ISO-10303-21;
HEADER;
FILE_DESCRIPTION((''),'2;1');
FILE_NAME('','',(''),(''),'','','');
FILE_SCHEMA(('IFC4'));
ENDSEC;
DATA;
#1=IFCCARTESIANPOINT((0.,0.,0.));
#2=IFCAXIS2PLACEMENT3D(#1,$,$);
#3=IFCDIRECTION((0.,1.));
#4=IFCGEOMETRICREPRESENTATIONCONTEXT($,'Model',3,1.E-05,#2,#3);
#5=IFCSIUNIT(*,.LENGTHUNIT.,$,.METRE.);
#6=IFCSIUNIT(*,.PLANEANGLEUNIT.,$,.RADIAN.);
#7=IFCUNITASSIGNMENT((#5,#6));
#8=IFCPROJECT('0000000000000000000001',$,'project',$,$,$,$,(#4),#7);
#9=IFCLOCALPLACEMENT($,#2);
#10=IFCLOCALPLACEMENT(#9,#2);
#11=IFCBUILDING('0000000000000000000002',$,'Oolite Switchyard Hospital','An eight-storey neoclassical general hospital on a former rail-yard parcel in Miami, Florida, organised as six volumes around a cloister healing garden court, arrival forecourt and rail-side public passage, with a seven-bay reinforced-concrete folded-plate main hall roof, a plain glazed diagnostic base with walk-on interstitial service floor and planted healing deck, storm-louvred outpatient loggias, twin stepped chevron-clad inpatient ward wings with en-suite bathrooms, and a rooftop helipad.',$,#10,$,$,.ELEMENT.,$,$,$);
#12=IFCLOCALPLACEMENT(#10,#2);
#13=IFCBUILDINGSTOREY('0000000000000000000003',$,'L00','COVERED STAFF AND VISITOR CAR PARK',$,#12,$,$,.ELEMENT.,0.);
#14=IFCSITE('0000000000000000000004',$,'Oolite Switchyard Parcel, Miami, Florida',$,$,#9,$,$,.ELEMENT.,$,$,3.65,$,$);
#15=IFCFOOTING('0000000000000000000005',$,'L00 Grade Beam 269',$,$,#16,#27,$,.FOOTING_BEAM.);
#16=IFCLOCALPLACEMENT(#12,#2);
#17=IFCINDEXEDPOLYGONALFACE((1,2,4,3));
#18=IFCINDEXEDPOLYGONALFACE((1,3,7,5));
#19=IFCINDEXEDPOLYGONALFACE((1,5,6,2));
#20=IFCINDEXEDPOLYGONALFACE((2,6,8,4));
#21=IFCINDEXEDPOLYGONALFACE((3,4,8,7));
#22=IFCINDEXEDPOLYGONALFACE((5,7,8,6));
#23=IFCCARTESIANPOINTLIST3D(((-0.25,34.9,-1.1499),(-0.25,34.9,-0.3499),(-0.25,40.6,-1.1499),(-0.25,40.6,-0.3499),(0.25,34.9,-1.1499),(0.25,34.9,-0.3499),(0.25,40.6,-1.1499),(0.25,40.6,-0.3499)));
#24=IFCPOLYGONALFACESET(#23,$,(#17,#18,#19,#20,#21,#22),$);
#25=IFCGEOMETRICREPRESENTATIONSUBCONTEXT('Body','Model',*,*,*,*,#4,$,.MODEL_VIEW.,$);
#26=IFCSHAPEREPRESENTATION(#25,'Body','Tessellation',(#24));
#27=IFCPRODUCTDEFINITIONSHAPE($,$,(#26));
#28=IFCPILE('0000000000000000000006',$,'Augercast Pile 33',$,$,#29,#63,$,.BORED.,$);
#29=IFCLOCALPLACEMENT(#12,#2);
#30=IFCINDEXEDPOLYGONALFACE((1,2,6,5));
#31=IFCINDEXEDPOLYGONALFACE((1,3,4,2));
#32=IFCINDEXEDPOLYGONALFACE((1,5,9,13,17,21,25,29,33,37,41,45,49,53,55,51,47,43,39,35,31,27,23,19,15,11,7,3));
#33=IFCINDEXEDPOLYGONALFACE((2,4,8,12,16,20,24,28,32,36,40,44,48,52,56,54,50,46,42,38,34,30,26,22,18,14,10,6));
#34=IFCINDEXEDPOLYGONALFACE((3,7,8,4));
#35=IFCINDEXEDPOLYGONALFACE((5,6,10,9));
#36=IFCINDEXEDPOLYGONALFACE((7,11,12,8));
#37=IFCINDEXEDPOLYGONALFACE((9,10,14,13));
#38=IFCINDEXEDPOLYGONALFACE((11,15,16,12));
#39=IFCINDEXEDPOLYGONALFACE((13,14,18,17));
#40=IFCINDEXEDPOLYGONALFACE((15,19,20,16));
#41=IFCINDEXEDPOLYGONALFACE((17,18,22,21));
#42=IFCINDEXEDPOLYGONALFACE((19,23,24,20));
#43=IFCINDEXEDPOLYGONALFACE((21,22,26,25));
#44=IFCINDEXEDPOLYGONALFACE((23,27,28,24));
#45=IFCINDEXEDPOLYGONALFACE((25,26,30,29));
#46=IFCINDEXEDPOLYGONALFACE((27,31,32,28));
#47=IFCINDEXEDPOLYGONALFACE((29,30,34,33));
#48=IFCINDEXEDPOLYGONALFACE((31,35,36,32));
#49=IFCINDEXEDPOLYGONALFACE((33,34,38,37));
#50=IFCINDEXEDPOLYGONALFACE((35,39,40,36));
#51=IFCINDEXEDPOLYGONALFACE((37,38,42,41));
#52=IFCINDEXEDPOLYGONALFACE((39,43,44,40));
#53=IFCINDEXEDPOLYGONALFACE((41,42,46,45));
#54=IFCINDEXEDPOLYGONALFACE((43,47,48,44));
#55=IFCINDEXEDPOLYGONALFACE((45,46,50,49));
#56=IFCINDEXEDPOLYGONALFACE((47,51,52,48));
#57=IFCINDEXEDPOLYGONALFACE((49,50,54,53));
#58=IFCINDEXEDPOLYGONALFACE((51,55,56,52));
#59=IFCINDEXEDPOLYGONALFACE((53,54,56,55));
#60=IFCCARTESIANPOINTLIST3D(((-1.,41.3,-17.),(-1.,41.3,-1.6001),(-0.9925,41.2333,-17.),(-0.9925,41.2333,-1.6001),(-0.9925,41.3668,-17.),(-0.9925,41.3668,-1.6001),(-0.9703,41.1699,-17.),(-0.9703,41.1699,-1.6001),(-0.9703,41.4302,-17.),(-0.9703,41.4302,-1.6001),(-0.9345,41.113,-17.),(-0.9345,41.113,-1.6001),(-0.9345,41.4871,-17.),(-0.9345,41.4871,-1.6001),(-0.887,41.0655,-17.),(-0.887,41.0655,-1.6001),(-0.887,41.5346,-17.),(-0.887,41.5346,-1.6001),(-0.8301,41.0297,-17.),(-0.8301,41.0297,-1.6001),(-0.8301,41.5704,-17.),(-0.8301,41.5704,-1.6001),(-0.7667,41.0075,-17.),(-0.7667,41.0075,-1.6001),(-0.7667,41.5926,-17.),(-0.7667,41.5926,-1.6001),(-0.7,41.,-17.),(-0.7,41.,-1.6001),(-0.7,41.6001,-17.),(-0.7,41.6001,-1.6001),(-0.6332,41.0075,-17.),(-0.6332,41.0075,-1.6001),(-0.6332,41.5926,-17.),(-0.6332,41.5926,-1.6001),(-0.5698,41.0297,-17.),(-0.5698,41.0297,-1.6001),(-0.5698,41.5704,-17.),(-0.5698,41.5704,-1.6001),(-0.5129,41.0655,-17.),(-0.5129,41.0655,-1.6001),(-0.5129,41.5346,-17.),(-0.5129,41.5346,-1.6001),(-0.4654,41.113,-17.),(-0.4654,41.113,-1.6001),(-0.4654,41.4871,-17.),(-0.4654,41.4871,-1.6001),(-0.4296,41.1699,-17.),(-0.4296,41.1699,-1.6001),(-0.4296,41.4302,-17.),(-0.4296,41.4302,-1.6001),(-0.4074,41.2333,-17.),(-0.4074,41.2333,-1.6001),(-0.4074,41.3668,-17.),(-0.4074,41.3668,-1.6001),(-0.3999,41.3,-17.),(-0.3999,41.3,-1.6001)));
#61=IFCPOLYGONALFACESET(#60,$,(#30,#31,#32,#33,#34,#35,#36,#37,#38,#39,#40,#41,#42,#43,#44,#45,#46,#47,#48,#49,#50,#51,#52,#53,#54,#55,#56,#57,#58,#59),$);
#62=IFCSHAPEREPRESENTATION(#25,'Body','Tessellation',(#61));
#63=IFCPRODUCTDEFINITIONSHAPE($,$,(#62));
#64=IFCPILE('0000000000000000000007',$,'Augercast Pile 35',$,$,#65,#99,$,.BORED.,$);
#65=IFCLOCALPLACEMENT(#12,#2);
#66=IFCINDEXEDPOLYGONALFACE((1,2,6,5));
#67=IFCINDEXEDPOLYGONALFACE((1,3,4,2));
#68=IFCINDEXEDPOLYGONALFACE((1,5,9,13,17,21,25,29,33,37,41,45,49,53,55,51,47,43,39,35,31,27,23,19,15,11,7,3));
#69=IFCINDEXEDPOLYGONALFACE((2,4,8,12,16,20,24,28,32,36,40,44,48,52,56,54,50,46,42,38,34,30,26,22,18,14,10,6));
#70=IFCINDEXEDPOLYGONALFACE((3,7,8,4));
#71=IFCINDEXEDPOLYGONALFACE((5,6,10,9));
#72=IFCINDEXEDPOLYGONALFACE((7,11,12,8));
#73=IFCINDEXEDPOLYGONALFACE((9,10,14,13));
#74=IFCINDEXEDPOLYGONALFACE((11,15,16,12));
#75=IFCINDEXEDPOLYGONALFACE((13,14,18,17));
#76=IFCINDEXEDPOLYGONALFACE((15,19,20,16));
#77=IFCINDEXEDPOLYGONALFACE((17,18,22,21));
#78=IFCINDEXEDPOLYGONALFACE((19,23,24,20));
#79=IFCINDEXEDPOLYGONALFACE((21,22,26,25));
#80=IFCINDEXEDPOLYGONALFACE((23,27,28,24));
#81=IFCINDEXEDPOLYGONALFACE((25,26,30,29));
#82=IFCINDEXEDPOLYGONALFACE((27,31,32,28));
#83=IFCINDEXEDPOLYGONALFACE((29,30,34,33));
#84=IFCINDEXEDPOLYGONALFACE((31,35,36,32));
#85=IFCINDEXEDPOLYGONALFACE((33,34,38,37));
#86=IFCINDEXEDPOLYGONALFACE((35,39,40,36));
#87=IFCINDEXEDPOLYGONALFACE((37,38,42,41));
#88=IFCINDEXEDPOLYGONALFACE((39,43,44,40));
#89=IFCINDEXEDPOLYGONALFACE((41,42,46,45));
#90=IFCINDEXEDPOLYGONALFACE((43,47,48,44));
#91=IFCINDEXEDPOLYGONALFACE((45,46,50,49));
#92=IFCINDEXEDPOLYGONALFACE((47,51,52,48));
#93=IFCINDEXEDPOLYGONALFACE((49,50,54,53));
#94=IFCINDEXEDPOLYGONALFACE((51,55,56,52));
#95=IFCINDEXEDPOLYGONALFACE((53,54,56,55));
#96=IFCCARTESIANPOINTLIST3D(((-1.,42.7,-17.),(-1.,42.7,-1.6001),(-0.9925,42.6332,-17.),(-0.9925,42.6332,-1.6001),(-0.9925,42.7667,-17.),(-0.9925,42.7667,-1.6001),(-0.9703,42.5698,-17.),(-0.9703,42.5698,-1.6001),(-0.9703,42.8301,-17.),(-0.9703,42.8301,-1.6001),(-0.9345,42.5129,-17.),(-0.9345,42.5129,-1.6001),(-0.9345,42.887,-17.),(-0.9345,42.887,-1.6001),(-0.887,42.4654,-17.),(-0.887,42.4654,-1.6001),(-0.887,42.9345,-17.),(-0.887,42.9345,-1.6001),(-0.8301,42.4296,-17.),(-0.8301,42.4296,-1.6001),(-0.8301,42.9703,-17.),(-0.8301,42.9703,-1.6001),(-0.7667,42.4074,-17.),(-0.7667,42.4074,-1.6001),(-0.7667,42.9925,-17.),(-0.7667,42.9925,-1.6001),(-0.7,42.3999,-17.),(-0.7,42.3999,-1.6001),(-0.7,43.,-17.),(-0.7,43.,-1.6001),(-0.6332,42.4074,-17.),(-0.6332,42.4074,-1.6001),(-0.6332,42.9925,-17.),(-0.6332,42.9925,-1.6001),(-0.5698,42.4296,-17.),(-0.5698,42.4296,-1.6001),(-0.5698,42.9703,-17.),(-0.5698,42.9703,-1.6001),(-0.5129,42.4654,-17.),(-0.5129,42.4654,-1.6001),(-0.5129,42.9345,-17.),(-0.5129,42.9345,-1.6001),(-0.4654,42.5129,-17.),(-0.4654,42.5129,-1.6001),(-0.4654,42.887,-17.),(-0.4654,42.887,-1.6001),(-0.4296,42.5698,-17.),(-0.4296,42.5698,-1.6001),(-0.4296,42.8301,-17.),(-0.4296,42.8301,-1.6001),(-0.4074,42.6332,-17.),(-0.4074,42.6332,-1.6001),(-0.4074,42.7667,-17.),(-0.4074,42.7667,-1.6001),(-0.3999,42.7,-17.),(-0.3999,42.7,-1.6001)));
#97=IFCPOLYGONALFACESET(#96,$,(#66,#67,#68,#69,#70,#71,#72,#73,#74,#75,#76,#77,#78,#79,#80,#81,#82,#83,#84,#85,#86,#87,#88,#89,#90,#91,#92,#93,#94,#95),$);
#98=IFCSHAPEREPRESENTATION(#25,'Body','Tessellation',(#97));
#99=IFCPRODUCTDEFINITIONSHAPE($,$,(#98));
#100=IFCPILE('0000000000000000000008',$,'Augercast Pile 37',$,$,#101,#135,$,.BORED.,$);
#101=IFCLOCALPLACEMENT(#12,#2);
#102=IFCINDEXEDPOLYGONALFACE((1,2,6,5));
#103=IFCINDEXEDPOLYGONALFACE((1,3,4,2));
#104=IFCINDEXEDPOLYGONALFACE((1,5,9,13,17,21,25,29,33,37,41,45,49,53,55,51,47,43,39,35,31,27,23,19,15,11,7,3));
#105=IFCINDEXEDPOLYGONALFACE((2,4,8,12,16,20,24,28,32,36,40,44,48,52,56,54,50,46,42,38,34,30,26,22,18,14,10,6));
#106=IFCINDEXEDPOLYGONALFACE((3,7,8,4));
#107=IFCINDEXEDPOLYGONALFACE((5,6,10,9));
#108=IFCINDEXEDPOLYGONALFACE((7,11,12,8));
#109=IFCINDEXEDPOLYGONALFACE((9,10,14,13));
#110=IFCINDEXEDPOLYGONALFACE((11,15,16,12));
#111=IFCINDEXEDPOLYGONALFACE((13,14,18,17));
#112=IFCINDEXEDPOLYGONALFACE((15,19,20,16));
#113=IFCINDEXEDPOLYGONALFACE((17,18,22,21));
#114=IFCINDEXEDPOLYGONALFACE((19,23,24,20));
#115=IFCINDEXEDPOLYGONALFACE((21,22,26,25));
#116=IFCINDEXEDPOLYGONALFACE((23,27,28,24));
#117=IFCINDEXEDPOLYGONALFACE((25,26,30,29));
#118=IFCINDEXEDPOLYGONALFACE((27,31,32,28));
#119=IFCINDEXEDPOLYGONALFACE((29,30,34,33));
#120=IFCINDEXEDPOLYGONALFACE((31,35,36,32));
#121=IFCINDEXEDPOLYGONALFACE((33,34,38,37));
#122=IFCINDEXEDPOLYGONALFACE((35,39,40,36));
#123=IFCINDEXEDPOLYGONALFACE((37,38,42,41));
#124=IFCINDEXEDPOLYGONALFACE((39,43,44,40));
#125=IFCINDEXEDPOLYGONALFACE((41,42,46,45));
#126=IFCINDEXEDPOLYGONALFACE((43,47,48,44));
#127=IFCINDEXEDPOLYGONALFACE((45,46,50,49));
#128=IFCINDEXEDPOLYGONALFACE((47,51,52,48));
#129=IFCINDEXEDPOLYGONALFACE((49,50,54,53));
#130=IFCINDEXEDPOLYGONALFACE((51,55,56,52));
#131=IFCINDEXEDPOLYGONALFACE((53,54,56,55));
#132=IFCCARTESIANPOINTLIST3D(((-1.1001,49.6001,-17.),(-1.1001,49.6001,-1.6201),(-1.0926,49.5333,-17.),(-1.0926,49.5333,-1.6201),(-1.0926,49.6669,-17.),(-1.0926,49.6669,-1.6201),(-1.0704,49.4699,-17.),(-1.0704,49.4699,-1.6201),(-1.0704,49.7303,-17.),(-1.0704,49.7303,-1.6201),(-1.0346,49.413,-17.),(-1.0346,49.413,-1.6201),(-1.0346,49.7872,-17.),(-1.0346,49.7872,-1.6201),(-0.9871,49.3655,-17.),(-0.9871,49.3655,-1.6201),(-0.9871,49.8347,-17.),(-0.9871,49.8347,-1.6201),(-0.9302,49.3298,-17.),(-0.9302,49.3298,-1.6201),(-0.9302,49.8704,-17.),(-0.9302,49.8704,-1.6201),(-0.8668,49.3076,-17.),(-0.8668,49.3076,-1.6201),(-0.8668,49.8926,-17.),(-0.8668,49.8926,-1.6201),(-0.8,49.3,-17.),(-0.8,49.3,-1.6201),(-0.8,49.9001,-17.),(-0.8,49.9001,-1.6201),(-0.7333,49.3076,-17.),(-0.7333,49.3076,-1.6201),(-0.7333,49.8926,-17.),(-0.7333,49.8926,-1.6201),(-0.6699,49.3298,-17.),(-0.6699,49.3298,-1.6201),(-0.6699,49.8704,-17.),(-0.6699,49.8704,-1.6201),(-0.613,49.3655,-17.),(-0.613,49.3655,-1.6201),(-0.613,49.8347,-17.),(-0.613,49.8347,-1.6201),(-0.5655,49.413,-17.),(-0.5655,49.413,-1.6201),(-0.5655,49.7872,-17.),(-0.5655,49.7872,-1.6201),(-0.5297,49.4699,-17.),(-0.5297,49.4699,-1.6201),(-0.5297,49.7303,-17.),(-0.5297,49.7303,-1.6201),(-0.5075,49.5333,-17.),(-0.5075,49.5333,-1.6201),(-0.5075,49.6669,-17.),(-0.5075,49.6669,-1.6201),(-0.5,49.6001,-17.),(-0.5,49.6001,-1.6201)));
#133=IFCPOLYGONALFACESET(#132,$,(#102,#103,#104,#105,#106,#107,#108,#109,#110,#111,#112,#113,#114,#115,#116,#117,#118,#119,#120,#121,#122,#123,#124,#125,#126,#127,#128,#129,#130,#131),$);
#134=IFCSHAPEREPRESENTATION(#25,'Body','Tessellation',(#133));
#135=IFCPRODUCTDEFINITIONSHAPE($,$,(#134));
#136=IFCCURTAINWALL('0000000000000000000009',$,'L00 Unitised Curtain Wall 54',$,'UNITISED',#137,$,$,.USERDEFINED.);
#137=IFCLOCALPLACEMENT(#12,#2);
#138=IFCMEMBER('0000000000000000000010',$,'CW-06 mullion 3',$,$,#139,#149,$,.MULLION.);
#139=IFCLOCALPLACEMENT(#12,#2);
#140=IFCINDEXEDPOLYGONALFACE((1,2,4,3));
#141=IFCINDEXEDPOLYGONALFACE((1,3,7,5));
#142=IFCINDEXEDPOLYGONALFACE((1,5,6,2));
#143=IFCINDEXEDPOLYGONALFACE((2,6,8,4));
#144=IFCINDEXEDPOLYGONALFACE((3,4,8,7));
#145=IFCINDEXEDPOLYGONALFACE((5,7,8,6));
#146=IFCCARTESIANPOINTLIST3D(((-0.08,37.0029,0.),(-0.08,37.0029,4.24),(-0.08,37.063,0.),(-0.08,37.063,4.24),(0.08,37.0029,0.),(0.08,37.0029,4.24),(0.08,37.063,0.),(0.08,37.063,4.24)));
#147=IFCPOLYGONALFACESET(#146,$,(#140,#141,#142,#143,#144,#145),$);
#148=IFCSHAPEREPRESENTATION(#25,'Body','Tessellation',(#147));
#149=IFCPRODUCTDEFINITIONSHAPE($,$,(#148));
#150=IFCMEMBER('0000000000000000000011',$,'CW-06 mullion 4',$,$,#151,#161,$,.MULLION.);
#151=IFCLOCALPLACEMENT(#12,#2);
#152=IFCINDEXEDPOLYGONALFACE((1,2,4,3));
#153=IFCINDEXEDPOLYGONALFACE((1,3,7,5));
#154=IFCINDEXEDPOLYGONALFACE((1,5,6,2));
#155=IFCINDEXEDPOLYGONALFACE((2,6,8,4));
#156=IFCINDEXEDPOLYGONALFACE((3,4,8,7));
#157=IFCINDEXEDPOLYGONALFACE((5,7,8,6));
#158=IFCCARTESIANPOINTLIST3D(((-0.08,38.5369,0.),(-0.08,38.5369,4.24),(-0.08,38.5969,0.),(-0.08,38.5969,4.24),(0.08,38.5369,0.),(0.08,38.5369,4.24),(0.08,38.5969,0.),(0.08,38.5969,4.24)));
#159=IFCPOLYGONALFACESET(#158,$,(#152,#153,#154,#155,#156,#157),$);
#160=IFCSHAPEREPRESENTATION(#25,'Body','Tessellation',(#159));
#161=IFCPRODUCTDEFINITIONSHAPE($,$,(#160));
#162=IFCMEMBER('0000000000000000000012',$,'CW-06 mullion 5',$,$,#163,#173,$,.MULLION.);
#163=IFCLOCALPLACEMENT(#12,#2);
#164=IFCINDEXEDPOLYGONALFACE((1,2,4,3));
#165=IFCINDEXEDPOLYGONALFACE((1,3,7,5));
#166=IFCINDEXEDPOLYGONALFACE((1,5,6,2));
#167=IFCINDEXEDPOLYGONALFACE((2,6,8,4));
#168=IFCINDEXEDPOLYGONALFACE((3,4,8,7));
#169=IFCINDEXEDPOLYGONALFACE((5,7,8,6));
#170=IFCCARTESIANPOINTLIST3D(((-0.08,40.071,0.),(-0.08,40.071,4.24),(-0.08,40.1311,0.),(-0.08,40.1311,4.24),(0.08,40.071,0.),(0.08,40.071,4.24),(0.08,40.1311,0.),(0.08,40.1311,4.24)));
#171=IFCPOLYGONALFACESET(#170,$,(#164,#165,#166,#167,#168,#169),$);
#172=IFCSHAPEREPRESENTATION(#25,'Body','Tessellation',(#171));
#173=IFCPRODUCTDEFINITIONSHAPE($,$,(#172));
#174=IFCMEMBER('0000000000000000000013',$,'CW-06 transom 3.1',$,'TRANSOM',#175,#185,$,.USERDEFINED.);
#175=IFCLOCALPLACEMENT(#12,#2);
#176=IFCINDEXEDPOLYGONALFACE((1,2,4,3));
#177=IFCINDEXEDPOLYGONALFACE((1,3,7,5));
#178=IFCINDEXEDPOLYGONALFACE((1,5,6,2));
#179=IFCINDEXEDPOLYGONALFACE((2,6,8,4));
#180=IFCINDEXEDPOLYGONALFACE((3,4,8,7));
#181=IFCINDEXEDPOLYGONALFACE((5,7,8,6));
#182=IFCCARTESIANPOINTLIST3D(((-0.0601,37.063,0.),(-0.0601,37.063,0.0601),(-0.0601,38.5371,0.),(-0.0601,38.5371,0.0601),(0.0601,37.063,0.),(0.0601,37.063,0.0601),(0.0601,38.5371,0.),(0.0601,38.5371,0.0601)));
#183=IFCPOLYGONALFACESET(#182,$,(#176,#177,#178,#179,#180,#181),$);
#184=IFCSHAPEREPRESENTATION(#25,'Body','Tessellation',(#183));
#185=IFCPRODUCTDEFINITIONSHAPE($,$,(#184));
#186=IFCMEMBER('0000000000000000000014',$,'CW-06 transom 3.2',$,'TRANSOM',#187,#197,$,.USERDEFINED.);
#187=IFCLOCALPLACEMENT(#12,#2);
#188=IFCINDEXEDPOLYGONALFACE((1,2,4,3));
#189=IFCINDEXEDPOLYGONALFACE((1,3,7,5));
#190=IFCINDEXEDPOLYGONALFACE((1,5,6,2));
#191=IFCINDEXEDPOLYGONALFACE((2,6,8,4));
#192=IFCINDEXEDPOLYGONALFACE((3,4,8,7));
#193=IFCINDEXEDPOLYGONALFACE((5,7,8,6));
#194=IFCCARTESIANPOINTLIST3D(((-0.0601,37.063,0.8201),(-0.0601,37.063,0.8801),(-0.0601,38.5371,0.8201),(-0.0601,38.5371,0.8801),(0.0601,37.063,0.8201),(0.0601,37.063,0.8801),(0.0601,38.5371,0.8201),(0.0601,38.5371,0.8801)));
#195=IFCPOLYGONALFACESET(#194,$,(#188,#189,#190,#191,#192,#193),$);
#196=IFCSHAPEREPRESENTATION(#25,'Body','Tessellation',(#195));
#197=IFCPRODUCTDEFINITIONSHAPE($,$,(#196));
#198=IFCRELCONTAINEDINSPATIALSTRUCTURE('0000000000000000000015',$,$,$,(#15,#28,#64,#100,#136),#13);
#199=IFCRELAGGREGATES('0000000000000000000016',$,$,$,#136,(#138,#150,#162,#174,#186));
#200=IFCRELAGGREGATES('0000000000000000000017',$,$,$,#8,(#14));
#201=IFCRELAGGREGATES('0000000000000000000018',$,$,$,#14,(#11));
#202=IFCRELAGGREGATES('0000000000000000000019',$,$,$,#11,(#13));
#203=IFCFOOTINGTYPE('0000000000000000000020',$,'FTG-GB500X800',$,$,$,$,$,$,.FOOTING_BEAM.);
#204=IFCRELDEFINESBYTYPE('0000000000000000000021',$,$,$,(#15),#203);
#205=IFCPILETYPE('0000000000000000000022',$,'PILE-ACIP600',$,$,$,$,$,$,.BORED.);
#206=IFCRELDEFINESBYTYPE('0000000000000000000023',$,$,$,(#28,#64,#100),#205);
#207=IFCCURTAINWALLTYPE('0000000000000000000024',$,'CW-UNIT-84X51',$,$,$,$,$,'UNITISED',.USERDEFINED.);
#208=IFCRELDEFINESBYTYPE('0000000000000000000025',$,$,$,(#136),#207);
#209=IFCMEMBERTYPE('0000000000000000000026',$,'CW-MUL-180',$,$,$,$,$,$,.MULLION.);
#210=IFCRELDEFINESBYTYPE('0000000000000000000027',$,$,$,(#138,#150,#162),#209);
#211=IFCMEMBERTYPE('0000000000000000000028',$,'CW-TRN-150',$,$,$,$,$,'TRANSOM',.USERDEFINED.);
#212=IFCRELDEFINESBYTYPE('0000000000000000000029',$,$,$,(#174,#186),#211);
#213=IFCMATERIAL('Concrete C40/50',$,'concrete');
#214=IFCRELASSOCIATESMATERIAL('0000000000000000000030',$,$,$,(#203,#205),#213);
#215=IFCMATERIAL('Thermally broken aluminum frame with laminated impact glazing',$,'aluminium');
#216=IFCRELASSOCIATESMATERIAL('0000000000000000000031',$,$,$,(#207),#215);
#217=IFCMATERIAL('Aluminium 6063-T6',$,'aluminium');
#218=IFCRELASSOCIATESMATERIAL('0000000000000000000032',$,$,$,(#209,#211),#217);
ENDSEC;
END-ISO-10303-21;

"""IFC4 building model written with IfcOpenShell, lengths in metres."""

from ifc_helpers import new_model, si_unit, direction, frame, origin, origin_2d, place, context, subcontext, project, spatial, rectangle, circle, extrude, material, material_profile, profile_set, type_object, element, aggregate, save


model = new_model("IFC4")

# Units and contexts
model_context = context("Model", 3, precision=1e-05, world=origin(), true_north=direction((0.0, 1.0)))
body_context = subcontext(model_context, "Body", "Model", "MODEL_VIEW")
ifc_project = project(units=[si_unit("LENGTHUNIT", "METRE"), si_unit("PLANEANGLEUNIT", "RADIAN")], contexts=[model_context])

# Site, building, storey
site_placement = place(None, origin())
site = spatial("IfcSite", under=ifc_project, at=site_placement, Name="Oolite Switchyard Parcel, Miami, Florida", CompositionType="ELEMENT", RefElevation=3.65)
building_placement = place(site_placement, origin())
building = spatial("IfcBuilding", under=site, at=building_placement, Name="Oolite Switchyard Hospital", Description="An eight-storey neoclassical general hospital on a former rail-yard parcel in Miami, Florida, organised as six volumes around a cloister healing garden court, arrival forecourt and rail-side public passage, with a seven-bay reinforced-concrete folded-plate main hall roof, a plain glazed diagnostic base with walk-on interstitial service floor and planted healing deck, storm-louvred outpatient loggias, twin stepped chevron-clad inpatient ward wings with en-suite bathrooms, and a rooftop helipad.", CompositionType="ELEMENT")
storey_placement = place(building_placement, origin())
storey = spatial("IfcBuildingStorey", under=building, at=storey_placement, Name="L00", Description="COVERED STAFF AND VISITOR CAR PARK", CompositionType="ELEMENT", Elevation=0.0)

# Footing
ifc_material_1 = material(Name="Concrete C40/50", Category="concrete")
footing_type = type_object("IfcFootingType", Name="FTG-GB500X800", PredefinedType="FOOTING_BEAM", material=ifc_material_1)
footing_placement = place(storey_placement, frame((0.0, 37.75, -1.1499), z_axis=(0.0, 0.0, 1.0), x_axis=(0.0, 1.0, 0.0)))
element("IfcFooting", 1, at=footing_placement, inside=storey, type_object=footing_type, Name="L00 Grade Beam 269", PredefinedType="FOOTING_BEAM", context=body_context, shape_type="SweptSolid", body=[
    extrude(rectangle(XDim=5.7, YDim=0.5, at=origin_2d()), origin(), (0.0, 0.0, 1.0), 0.8),
])

# Piles
ifc_material_profile_1 = material_profile(ifc_material_1, circle(Radius=0.3, at=origin_2d()), Name="PILE600")
ifc_profile_set_1 = profile_set([ifc_material_profile_1], Name="Concrete C40/50")
pile_type = type_object("IfcPileType", Name="PILE-ACIP600", PredefinedType="BORED", material=ifc_profile_set_1)
for number, where, z_axis, x_axis, name in (
    (2, (-0.7, 41.3, -1.6001), (0.0, 0.0, -1.0), (1.0, 0.0, 0.0), "Augercast Pile 33"),
    (3, (-0.7, 42.7, -1.6001), (0.0, 0.0, -1.0), (1.0, 0.0, 0.0), "Augercast Pile 35"),
):
    element("IfcPile", number, at=place(storey_placement, frame(where, z_axis=z_axis, x_axis=x_axis)), inside=storey, type_object=pile_type, Name=name, PredefinedType="BORED", context=body_context, shape_type="SweptSolid", body=[
        extrude(circle(Radius=0.3, at=origin_2d()), origin(), (0.0, 0.0, 1.0), 15.3999),
    ])
pile_placement = place(storey_placement, frame((-0.8, 49.6001, -1.6201), z_axis=(0.0, 0.0, -1.0), x_axis=(1.0, 0.0, 0.0)))
element("IfcPile", 4, at=pile_placement, inside=storey, type_object=pile_type, Name="Augercast Pile 37", PredefinedType="BORED", context=body_context, shape_type="SweptSolid", body=[
    extrude(circle(Radius=0.3, at=origin_2d()), origin(), (0.0, 0.0, 1.0), 15.3799),
])

# Curtain wall, members
ifc_material_2 = material(Name="Thermally broken aluminum frame with laminated impact glazing", Category="aluminium")
curtain_wall_type = type_object("IfcCurtainWallType", Name="CW-UNIT-84X51", ElementType="UNITISED", PredefinedType="USERDEFINED", material=ifc_material_2)
curtain_wall_placement = place(storey_placement, origin())
curtain_wall = element("IfcCurtainWall", 5, at=curtain_wall_placement, inside=storey, type_object=curtain_wall_type, Name="L00 Unitised Curtain Wall 54", ObjectType="UNITISED", PredefinedType="USERDEFINED")
ifc_material_3 = material(Name="Aluminium 6063-T6", Category="aluminium")
ifc_material_profile_2 = material_profile(ifc_material_3, rectangle(XDim=0.1599, YDim=0.0601, at=origin_2d()), Name="CWM60X160")
ifc_profile_set_2 = profile_set([ifc_material_profile_2], Name="Aluminium 6063-T6")
member_type_1 = type_object("IfcMemberType", Name="CW-MUL-180", PredefinedType="MULLION", material=ifc_profile_set_2)
member_1_placement = place(storey_placement, frame((0.0, 37.033, 0.0), z_axis=(0.0, 0.0, 1.0), x_axis=(-1.0, 0.0, 0.0)))
member_1 = element("IfcMember", 6, at=member_1_placement, type_object=member_type_1, Name="CW-06 mullion 3", PredefinedType="MULLION", context=body_context, shape_type="SweptSolid", body=[
    extrude(rectangle(XDim=0.1599, YDim=0.0601, at=origin_2d()), origin(), (0.0, 0.0, 1.0), 4.24),
])
member_2_placement = place(storey_placement, frame((0.0, 38.5669, 0.0), z_axis=(0.0, 0.0, 1.0), x_axis=(-1.0, 0.0, 0.0)))
member_2 = element("IfcMember", 7, at=member_2_placement, type_object=member_type_1, Name="CW-06 mullion 4", PredefinedType="MULLION", context=body_context, shape_type="SweptSolid", body=[
    extrude(rectangle(XDim=0.1599, YDim=0.0601, at=origin_2d()), origin(), (0.0, 0.0, 1.0), 4.24),
])
member_3_placement = place(storey_placement, frame((0.0, 40.1011, 0.0), z_axis=(0.0, 0.0, 1.0), x_axis=(-1.0, 0.0, 0.0)))
member_3 = element("IfcMember", 8, at=member_3_placement, type_object=member_type_1, Name="CW-06 mullion 5", PredefinedType="MULLION", context=body_context, shape_type="SweptSolid", body=[
    extrude(rectangle(XDim=0.1599, YDim=0.0601, at=origin_2d()), origin(), (0.0, 0.0, 1.0), 4.24),
])
ifc_material_profile_3 = material_profile(ifc_material_3, rectangle(XDim=0.1201, YDim=0.0601, at=origin_2d()), Name="CWT60X120")
ifc_profile_set_3 = profile_set([ifc_material_profile_3], Name="Aluminium 6063-T6")
member_type_2 = type_object("IfcMemberType", Name="CW-TRN-150", ElementType="TRANSOM", PredefinedType="USERDEFINED", material=ifc_profile_set_3)
member_4_placement = place(storey_placement, frame((0.0, 37.063, 0.03), z_axis=(0.0, 1.0, 0.0), x_axis=(-1.0, 0.0, 0.0)))
member_4 = element("IfcMember", 9, at=member_4_placement, type_object=member_type_2, Name="CW-06 transom 3.1", ObjectType="TRANSOM", PredefinedType="USERDEFINED", context=body_context, shape_type="SweptSolid", body=[
    extrude(rectangle(XDim=0.1201, YDim=0.0601, at=origin_2d()), origin(), (0.0, 0.0, 1.0), 1.4741),
])
member_5_placement = place(storey_placement, frame((0.0, 37.063, 0.8501), z_axis=(0.0, 1.0, 0.0), x_axis=(-1.0, 0.0, 0.0)))
member_5 = element("IfcMember", 10, at=member_5_placement, type_object=member_type_2, Name="CW-06 transom 3.2", ObjectType="TRANSOM", PredefinedType="USERDEFINED", context=body_context, shape_type="SweptSolid", body=[
    extrude(rectangle(XDim=0.1201, YDim=0.0601, at=origin_2d()), origin(), (0.0, 0.0, 1.0), 1.4741),
])
aggregate(curtain_wall, [member_1, member_2, member_3, member_4, member_5])

save(model, "model.ifc")
